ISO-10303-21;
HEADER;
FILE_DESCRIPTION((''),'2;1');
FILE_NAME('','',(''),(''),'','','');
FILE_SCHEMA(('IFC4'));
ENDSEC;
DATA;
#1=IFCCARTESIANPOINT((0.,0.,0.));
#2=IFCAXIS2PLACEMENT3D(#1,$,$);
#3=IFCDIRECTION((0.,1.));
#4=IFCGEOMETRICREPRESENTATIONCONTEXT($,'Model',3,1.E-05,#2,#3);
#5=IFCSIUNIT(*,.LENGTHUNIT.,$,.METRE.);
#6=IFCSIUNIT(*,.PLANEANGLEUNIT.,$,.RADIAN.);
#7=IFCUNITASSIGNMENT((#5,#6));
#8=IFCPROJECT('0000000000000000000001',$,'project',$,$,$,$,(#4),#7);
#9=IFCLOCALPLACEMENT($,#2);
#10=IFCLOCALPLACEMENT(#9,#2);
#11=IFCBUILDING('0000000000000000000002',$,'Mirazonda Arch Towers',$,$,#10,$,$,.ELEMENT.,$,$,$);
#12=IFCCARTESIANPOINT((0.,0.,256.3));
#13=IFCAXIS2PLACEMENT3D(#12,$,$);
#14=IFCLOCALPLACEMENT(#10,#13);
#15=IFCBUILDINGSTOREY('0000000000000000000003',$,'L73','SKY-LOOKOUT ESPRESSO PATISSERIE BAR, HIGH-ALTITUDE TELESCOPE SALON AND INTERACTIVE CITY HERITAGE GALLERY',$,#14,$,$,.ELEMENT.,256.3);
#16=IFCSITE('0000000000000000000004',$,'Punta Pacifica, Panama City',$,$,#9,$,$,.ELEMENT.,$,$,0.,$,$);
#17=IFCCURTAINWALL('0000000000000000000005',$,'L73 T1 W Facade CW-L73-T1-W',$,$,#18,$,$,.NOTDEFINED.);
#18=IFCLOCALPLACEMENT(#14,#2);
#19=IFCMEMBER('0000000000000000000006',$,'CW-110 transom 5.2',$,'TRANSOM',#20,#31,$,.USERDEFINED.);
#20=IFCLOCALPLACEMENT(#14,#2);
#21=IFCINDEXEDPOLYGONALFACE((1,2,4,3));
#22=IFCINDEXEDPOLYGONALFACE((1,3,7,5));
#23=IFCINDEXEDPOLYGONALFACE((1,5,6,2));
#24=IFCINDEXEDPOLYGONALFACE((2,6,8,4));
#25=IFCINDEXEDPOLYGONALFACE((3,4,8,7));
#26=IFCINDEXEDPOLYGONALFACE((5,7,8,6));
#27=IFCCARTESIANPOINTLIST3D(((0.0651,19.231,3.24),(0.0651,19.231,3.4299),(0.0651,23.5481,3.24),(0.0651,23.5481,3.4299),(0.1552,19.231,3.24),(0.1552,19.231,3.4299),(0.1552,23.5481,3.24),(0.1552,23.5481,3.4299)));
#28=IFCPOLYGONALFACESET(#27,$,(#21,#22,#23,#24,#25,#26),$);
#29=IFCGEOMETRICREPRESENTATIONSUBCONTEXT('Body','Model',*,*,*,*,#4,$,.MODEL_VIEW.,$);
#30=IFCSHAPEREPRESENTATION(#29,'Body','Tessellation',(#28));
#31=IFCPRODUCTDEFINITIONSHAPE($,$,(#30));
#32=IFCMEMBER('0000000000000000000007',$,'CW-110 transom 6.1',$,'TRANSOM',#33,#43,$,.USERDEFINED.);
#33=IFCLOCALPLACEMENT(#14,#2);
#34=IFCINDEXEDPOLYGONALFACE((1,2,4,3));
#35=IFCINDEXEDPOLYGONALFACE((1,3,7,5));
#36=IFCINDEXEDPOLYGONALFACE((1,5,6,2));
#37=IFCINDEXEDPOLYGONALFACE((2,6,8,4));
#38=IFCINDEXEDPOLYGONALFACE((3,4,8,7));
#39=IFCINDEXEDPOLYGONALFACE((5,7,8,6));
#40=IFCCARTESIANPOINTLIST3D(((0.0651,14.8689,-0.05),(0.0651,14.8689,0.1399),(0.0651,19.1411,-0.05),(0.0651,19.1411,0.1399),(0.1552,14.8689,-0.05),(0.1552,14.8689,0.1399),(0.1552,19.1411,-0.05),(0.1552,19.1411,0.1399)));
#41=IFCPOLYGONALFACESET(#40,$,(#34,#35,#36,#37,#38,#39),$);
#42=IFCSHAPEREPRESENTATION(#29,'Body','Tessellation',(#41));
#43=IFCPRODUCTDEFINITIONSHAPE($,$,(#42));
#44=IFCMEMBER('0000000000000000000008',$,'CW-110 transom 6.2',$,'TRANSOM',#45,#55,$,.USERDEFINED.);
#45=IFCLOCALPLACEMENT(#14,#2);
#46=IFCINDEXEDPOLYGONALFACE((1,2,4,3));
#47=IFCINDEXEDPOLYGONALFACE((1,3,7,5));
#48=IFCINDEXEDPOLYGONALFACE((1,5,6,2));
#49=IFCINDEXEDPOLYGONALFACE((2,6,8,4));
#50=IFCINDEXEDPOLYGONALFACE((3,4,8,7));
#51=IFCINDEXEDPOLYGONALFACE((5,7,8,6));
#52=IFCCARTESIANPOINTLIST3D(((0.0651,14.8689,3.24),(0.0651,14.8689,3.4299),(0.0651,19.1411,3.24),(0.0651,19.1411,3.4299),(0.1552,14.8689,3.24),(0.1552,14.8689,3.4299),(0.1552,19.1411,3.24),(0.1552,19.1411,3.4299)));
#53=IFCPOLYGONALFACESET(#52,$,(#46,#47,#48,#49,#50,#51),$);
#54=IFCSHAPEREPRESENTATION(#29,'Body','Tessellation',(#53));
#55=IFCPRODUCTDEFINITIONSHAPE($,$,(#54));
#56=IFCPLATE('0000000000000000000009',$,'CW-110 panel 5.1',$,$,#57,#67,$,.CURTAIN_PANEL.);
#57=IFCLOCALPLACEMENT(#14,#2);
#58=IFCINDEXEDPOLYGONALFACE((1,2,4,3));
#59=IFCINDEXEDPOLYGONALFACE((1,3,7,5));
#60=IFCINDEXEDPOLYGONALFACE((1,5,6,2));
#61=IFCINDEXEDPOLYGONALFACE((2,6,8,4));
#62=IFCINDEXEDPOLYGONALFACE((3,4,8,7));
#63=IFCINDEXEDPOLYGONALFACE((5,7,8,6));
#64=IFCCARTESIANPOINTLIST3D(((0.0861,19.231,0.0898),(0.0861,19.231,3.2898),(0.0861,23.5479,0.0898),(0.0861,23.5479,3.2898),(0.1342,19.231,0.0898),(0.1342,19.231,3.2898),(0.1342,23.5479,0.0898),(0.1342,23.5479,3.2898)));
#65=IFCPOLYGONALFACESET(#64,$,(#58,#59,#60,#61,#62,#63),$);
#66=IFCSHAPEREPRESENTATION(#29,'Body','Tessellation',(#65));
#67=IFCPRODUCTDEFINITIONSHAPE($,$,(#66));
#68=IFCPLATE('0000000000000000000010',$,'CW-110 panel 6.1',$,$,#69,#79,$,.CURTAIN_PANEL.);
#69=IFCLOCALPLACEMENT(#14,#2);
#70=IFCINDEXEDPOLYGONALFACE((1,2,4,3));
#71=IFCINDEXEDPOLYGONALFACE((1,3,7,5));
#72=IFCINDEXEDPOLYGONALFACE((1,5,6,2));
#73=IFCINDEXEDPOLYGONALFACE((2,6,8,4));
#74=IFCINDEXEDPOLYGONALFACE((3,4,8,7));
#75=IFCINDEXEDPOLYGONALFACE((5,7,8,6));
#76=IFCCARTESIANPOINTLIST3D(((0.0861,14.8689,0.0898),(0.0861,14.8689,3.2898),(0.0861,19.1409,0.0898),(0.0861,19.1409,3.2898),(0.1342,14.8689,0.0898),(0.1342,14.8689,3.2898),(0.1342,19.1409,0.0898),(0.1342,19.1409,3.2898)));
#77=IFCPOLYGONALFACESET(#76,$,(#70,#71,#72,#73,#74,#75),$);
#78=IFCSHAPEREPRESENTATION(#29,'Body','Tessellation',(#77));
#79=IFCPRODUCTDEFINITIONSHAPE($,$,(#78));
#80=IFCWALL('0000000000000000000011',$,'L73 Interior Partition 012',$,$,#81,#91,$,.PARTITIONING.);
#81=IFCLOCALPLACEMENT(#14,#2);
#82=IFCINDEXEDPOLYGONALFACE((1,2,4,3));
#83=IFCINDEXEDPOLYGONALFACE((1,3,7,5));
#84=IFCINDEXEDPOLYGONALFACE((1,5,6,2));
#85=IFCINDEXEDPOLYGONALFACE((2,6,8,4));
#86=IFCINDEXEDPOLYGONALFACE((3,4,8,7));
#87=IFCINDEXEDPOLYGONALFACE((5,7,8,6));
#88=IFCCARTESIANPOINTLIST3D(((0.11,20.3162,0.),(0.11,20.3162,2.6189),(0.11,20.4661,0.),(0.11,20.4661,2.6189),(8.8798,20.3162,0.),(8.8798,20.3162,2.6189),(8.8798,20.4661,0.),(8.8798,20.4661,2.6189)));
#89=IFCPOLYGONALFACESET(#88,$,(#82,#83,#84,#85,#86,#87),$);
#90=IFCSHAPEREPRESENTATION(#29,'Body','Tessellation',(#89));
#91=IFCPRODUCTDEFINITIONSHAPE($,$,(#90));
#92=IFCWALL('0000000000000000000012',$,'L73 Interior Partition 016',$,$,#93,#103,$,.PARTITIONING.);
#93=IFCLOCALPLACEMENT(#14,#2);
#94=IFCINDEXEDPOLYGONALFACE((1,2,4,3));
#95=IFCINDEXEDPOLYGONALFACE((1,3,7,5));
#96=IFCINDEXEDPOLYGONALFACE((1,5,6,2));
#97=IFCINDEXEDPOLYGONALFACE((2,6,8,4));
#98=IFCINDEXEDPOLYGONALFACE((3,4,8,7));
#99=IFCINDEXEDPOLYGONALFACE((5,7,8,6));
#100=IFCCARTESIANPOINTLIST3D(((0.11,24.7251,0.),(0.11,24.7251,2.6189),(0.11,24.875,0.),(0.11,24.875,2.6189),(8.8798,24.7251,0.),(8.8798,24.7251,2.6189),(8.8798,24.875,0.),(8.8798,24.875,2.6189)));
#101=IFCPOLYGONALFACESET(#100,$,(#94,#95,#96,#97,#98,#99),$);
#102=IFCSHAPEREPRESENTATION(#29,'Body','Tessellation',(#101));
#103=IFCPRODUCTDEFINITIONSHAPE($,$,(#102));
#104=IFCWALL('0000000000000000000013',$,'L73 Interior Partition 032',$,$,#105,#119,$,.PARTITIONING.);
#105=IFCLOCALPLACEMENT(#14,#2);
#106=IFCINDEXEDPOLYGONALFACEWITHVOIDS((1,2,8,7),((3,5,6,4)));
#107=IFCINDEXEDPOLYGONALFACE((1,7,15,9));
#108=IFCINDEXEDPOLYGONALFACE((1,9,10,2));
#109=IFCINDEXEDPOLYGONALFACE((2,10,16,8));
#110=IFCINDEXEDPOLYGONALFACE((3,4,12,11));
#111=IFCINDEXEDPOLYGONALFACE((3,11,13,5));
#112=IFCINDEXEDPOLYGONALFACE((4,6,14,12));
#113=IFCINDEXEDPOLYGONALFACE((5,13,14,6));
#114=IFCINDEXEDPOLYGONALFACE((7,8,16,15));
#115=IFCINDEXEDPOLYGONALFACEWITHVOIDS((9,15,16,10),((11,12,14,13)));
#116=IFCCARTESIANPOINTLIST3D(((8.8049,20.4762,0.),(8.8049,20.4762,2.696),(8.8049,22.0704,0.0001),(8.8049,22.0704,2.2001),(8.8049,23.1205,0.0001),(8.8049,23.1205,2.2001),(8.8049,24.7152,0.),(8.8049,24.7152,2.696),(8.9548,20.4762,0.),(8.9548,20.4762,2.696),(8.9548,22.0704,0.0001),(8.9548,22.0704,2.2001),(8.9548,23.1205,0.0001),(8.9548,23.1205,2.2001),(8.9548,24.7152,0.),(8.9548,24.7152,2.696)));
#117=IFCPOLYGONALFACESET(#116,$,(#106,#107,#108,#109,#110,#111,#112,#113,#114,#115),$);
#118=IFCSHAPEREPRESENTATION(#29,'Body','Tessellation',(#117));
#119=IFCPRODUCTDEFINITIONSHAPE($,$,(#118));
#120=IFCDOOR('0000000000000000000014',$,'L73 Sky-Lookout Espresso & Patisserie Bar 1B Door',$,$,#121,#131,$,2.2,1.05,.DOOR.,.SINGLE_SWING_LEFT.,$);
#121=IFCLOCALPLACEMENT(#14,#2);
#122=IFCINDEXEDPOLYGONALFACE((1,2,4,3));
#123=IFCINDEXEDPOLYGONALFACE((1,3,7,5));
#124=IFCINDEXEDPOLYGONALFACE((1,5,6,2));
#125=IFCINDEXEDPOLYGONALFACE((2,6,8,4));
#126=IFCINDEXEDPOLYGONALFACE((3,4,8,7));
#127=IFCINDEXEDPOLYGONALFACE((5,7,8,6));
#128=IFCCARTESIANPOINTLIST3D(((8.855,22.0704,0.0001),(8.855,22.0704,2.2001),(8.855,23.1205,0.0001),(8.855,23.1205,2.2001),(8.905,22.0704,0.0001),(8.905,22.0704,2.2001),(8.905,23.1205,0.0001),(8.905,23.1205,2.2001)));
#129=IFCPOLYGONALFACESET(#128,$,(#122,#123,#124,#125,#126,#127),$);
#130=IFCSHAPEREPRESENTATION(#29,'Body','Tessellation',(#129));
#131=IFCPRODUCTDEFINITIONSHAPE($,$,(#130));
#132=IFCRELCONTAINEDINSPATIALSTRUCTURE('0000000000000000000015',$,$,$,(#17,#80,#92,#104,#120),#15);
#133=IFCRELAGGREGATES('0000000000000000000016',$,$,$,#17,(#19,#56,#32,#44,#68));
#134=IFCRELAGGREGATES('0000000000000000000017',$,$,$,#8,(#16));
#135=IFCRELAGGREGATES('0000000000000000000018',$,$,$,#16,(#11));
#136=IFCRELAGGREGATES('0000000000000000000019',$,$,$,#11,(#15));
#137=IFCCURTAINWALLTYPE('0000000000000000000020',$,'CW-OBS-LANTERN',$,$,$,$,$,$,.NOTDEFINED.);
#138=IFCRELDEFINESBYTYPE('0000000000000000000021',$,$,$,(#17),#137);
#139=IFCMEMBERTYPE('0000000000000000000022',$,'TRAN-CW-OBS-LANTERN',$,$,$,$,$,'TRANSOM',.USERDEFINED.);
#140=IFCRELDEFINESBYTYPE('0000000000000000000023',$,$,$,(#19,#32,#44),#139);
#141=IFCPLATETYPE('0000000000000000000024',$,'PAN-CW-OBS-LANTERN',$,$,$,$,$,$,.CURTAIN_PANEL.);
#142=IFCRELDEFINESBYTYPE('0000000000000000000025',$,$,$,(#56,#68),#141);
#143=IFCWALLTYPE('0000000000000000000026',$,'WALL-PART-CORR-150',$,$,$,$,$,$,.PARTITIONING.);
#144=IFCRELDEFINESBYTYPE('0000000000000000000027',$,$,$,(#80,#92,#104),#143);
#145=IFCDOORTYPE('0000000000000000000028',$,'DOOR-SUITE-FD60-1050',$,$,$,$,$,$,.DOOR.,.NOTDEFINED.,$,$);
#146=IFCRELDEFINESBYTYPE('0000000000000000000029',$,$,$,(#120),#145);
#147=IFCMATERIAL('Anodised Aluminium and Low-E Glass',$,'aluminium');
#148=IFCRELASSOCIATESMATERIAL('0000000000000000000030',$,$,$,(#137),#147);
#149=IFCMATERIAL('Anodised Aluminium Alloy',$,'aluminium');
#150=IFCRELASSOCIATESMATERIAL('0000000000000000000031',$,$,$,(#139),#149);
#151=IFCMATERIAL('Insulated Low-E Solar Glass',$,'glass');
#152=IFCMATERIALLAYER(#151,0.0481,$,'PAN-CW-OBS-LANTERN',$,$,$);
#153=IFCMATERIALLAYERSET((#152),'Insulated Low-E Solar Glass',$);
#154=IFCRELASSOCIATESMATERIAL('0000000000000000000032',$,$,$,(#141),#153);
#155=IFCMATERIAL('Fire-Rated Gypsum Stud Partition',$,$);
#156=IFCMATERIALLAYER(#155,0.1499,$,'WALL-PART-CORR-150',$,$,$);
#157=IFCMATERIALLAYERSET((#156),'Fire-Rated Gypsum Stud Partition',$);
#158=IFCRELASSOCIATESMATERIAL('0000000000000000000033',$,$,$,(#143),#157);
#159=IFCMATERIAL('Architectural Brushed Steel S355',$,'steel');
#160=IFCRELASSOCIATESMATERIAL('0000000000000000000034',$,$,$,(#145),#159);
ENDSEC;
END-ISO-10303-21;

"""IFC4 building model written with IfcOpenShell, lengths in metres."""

from ifc_helpers import new_model, si_unit, direction, frame, frame_2d, origin, origin_2d, place, context, subcontext, project, spatial, rectangle, extrude, material, layer, layer_set, material_profile, profile_set, type_object, element, fill, aggregate, save


model = new_model("IFC4")

# Units and contexts
model_context = context("Model", 3, precision=1e-05, world=origin(), true_north=direction((0.0, 1.0)))
body_context = subcontext(model_context, "Body", "Model", "MODEL_VIEW")
ifc_project = project(units=[si_unit("LENGTHUNIT", "METRE"), si_unit("PLANEANGLEUNIT", "RADIAN")], contexts=[model_context])

# Site, building, storey
site_placement = place(None, origin())
site = spatial("IfcSite", under=ifc_project, at=site_placement, Name="Punta Pacifica, Panama City", CompositionType="ELEMENT", RefElevation=0.0)
building_placement = place(site_placement, origin())
building = spatial("IfcBuilding", under=site, at=building_placement, Name="Mirazonda Arch Towers", CompositionType="ELEMENT")
storey_placement = place(building_placement, frame((0.0, 0.0, 256.3)))
storey = spatial("IfcBuildingStorey", under=building, at=storey_placement, Name="L73", Description="SKY-LOOKOUT ESPRESSO PATISSERIE BAR, HIGH-ALTITUDE TELESCOPE SALON AND INTERACTIVE CITY HERITAGE GALLERY", CompositionType="ELEMENT", Elevation=256.3)

# Curtain wall, members, plates
ifc_material_1 = material(Name="Anodised Aluminium and Low-E Glass", Category="aluminium")
curtain_wall_type = type_object("IfcCurtainWallType", Name="CW-OBS-LANTERN", PredefinedType="NOTDEFINED", material=ifc_material_1)
curtain_wall_placement = place(storey_placement, origin())
curtain_wall = element("IfcCurtainWall", 1, at=curtain_wall_placement, inside=storey, type_object=curtain_wall_type, Name="L73 T1 W Facade CW-L73-T1-W", PredefinedType="NOTDEFINED")
ifc_material_2 = material(Name="Anodised Aluminium Alloy", Category="aluminium")
ifc_material_profile_1 = material_profile(ifc_material_2, rectangle(XDim=0.0901, YDim=0.1899, at=origin_2d()), Name="ALU-TRAN-90x190")
ifc_profile_set_1 = profile_set([ifc_material_profile_1], Name="Anodised Aluminium Alloy")
member_type_1 = type_object("IfcMemberType", Name="TRAN-CW-OBS-LANTERN", ElementType="TRANSOM", PredefinedType="USERDEFINED", material=ifc_profile_set_1)
member_1_placement = place(storey_placement, frame((0.1101, 23.5481, 3.335), z_axis=(0.0, -1.0, 0.0), x_axis=(1.0, 0.0, 0.0)))
member_1 = element("IfcMember", 2, at=member_1_placement, type_object=member_type_1, Name="CW-110 transom 5.2", ObjectType="TRANSOM", PredefinedType="USERDEFINED", context=body_context, shape_type="SweptSolid", body=[
    extrude(rectangle(XDim=0.0901, YDim=0.1899, at=origin_2d()), origin(), (0.0, 0.0, 1.0), 4.3171),
])
member_2_placement = place(storey_placement, frame((0.1101, 19.1411, 0.0449), z_axis=(0.0, -1.0, 0.0), x_axis=(1.0, 0.0, 0.0)))
member_2 = element("IfcMember", 3, at=member_2_placement, type_object=member_type_1, Name="CW-110 transom 6.1", ObjectType="TRANSOM", PredefinedType="USERDEFINED", context=body_context, shape_type="SweptSolid", body=[
    extrude(rectangle(XDim=0.0901, YDim=0.1899, at=origin_2d()), origin(), (0.0, 0.0, 1.0), 4.2722),
])
member_3_placement = place(storey_placement, frame((0.1101, 19.1411, 3.335), z_axis=(0.0, -1.0, 0.0), x_axis=(1.0, 0.0, 0.0)))
member_3 = element("IfcMember", 4, at=member_3_placement, type_object=member_type_1, Name="CW-110 transom 6.2", ObjectType="TRANSOM", PredefinedType="USERDEFINED", context=body_context, shape_type="SweptSolid", body=[
    extrude(rectangle(XDim=0.0901, YDim=0.1899, at=origin_2d()), origin(), (0.0, 0.0, 1.0), 4.2722),
])
ifc_material_3 = material(Name="Insulated Low-E Solar Glass", Category="glass")
ifc_layer_1 = layer(ifc_material_3, 0.0481, Name="PAN-CW-OBS-LANTERN")
ifc_layer_set_1 = layer_set([ifc_layer_1], Name="Insulated Low-E Solar Glass")
plate_type = type_object("IfcPlateType", Name="PAN-CW-OBS-LANTERN", PredefinedType="CURTAIN_PANEL", material=ifc_layer_set_1)
plate_1_placement = place(storey_placement, frame((0.1101, 21.3894, 0.0898), z_axis=(0.0, 0.0, 1.0), x_axis=(0.0, -1.0, 0.0)))
plate_1 = element("IfcPlate", 5, at=plate_1_placement, type_object=plate_type, Name="CW-110 panel 5.1", PredefinedType="CURTAIN_PANEL", context=body_context, shape_type="SweptSolid", body=[
    extrude(rectangle(XDim=4.3169, YDim=0.0481, at=origin_2d()), origin(), (0.0, 0.0, 1.0), 3.2),
])
plate_2_placement = place(storey_placement, frame((0.1101, 17.0049, 0.0898), z_axis=(0.0, 0.0, 1.0), x_axis=(0.0, -1.0, 0.0)))
plate_2 = element("IfcPlate", 6, at=plate_2_placement, type_object=plate_type, Name="CW-110 panel 6.1", PredefinedType="CURTAIN_PANEL", context=body_context, shape_type="SweptSolid", body=[
    extrude(rectangle(XDim=4.272, YDim=0.0481, at=origin_2d()), origin(), (0.0, 0.0, 1.0), 3.2),
])
aggregate(curtain_wall, [member_1, plate_1, member_2, member_3, plate_2])

# Walls
ifc_material_4 = material(Name="Fire-Rated Gypsum Stud Partition")
ifc_layer_2 = layer(ifc_material_4, 0.1499, Name="WALL-PART-CORR-150")
ifc_layer_set_2 = layer_set([ifc_layer_2], Name="Fire-Rated Gypsum Stud Partition")
wall_type = type_object("IfcWallType", Name="WALL-PART-CORR-150", PredefinedType="PARTITIONING", material=ifc_layer_set_2)
for number, where, z_axis, x_axis, name in (
    (7, (0.1101, 20.3911, 0.0), (0.0, 0.0, 1.0), (1.0, 0.0, 0.0), "L73 Interior Partition 012"),
    (8, (0.1101, 24.8, 0.0), (0.0, 0.0, 1.0), (1.0, 0.0, 0.0), "L73 Interior Partition 016"),
):
    element("IfcWall", number, at=place(storey_placement, frame(where, z_axis=z_axis, x_axis=x_axis)), inside=storey, type_object=wall_type, Name=name, PredefinedType="PARTITIONING", context=body_context, shape_type="SweptSolid", body=[
        extrude(rectangle(XDim=8.7698, YDim=0.1499, at=frame_2d((4.3848, 0.0))), origin(), (0.0, 0.0, 1.0), 2.6189),
    ])

# Wall, opening, door
wall_placement = place(storey_placement, frame((8.8799, 20.4761, 0.0), z_axis=(0.0, 0.0, 1.0), x_axis=(0.0, 1.0, 0.0)))
wall = element("IfcWall", 9, at=wall_placement, inside=storey, type_object=wall_type, Name="L73 Interior Partition 032", PredefinedType="PARTITIONING", context=body_context, shape_type="SweptSolid", body=[
    extrude(rectangle(XDim=4.239, YDim=0.1499, at=frame_2d((2.1196, 0.0))), origin(), (0.0, 0.0, 1.0), 2.696),
])
opening_placement = place(wall_placement, frame((1.5945, 0.0, 0.0)))
opening = element("IfcOpeningElement", 10, at=opening_placement, cuts=wall, PredefinedType="OPENING", context=body_context, shape_type="SweptSolid", body=[
    extrude(rectangle(XDim=1.05, YDim=2.2, at=frame_2d((0.5249, 1.1001))), frame((0.0, 0.085, 0.0), z_axis=(0.0, -1.0, 0.0), x_axis=(1.0, 0.0, 0.0)), (0.0, 0.0, 1.0), 0.1699),
])
ifc_material_5 = material(Name="Architectural Brushed Steel S355", Category="steel")
door_type = type_object("IfcDoorType", Name="DOOR-SUITE-FD60-1050", OperationType="NOTDEFINED", PredefinedType="DOOR", material=ifc_material_5)
door_placement = place(opening_placement, origin())
door = element("IfcDoor", 11, at=door_placement, inside=storey, type_object=door_type, Name="L73 Sky-Lookout Espresso & Patisserie Bar 1B Door", OperationType="SINGLE_SWING_LEFT", OverallHeight=2.2, OverallWidth=1.05, PredefinedType="DOOR", context=body_context, shape_type="SweptSolid", body=[
    extrude(rectangle(XDim=1.05, YDim=2.2, at=frame_2d((0.5249, 1.1001))), frame((0.0, 0.0249, 0.0), z_axis=(0.0, -1.0, 0.0), x_axis=(1.0, 0.0, 0.0)), (0.0, 0.0, 1.0), 0.05),
])
fill(opening, door)

save(model, "model.ifc")
